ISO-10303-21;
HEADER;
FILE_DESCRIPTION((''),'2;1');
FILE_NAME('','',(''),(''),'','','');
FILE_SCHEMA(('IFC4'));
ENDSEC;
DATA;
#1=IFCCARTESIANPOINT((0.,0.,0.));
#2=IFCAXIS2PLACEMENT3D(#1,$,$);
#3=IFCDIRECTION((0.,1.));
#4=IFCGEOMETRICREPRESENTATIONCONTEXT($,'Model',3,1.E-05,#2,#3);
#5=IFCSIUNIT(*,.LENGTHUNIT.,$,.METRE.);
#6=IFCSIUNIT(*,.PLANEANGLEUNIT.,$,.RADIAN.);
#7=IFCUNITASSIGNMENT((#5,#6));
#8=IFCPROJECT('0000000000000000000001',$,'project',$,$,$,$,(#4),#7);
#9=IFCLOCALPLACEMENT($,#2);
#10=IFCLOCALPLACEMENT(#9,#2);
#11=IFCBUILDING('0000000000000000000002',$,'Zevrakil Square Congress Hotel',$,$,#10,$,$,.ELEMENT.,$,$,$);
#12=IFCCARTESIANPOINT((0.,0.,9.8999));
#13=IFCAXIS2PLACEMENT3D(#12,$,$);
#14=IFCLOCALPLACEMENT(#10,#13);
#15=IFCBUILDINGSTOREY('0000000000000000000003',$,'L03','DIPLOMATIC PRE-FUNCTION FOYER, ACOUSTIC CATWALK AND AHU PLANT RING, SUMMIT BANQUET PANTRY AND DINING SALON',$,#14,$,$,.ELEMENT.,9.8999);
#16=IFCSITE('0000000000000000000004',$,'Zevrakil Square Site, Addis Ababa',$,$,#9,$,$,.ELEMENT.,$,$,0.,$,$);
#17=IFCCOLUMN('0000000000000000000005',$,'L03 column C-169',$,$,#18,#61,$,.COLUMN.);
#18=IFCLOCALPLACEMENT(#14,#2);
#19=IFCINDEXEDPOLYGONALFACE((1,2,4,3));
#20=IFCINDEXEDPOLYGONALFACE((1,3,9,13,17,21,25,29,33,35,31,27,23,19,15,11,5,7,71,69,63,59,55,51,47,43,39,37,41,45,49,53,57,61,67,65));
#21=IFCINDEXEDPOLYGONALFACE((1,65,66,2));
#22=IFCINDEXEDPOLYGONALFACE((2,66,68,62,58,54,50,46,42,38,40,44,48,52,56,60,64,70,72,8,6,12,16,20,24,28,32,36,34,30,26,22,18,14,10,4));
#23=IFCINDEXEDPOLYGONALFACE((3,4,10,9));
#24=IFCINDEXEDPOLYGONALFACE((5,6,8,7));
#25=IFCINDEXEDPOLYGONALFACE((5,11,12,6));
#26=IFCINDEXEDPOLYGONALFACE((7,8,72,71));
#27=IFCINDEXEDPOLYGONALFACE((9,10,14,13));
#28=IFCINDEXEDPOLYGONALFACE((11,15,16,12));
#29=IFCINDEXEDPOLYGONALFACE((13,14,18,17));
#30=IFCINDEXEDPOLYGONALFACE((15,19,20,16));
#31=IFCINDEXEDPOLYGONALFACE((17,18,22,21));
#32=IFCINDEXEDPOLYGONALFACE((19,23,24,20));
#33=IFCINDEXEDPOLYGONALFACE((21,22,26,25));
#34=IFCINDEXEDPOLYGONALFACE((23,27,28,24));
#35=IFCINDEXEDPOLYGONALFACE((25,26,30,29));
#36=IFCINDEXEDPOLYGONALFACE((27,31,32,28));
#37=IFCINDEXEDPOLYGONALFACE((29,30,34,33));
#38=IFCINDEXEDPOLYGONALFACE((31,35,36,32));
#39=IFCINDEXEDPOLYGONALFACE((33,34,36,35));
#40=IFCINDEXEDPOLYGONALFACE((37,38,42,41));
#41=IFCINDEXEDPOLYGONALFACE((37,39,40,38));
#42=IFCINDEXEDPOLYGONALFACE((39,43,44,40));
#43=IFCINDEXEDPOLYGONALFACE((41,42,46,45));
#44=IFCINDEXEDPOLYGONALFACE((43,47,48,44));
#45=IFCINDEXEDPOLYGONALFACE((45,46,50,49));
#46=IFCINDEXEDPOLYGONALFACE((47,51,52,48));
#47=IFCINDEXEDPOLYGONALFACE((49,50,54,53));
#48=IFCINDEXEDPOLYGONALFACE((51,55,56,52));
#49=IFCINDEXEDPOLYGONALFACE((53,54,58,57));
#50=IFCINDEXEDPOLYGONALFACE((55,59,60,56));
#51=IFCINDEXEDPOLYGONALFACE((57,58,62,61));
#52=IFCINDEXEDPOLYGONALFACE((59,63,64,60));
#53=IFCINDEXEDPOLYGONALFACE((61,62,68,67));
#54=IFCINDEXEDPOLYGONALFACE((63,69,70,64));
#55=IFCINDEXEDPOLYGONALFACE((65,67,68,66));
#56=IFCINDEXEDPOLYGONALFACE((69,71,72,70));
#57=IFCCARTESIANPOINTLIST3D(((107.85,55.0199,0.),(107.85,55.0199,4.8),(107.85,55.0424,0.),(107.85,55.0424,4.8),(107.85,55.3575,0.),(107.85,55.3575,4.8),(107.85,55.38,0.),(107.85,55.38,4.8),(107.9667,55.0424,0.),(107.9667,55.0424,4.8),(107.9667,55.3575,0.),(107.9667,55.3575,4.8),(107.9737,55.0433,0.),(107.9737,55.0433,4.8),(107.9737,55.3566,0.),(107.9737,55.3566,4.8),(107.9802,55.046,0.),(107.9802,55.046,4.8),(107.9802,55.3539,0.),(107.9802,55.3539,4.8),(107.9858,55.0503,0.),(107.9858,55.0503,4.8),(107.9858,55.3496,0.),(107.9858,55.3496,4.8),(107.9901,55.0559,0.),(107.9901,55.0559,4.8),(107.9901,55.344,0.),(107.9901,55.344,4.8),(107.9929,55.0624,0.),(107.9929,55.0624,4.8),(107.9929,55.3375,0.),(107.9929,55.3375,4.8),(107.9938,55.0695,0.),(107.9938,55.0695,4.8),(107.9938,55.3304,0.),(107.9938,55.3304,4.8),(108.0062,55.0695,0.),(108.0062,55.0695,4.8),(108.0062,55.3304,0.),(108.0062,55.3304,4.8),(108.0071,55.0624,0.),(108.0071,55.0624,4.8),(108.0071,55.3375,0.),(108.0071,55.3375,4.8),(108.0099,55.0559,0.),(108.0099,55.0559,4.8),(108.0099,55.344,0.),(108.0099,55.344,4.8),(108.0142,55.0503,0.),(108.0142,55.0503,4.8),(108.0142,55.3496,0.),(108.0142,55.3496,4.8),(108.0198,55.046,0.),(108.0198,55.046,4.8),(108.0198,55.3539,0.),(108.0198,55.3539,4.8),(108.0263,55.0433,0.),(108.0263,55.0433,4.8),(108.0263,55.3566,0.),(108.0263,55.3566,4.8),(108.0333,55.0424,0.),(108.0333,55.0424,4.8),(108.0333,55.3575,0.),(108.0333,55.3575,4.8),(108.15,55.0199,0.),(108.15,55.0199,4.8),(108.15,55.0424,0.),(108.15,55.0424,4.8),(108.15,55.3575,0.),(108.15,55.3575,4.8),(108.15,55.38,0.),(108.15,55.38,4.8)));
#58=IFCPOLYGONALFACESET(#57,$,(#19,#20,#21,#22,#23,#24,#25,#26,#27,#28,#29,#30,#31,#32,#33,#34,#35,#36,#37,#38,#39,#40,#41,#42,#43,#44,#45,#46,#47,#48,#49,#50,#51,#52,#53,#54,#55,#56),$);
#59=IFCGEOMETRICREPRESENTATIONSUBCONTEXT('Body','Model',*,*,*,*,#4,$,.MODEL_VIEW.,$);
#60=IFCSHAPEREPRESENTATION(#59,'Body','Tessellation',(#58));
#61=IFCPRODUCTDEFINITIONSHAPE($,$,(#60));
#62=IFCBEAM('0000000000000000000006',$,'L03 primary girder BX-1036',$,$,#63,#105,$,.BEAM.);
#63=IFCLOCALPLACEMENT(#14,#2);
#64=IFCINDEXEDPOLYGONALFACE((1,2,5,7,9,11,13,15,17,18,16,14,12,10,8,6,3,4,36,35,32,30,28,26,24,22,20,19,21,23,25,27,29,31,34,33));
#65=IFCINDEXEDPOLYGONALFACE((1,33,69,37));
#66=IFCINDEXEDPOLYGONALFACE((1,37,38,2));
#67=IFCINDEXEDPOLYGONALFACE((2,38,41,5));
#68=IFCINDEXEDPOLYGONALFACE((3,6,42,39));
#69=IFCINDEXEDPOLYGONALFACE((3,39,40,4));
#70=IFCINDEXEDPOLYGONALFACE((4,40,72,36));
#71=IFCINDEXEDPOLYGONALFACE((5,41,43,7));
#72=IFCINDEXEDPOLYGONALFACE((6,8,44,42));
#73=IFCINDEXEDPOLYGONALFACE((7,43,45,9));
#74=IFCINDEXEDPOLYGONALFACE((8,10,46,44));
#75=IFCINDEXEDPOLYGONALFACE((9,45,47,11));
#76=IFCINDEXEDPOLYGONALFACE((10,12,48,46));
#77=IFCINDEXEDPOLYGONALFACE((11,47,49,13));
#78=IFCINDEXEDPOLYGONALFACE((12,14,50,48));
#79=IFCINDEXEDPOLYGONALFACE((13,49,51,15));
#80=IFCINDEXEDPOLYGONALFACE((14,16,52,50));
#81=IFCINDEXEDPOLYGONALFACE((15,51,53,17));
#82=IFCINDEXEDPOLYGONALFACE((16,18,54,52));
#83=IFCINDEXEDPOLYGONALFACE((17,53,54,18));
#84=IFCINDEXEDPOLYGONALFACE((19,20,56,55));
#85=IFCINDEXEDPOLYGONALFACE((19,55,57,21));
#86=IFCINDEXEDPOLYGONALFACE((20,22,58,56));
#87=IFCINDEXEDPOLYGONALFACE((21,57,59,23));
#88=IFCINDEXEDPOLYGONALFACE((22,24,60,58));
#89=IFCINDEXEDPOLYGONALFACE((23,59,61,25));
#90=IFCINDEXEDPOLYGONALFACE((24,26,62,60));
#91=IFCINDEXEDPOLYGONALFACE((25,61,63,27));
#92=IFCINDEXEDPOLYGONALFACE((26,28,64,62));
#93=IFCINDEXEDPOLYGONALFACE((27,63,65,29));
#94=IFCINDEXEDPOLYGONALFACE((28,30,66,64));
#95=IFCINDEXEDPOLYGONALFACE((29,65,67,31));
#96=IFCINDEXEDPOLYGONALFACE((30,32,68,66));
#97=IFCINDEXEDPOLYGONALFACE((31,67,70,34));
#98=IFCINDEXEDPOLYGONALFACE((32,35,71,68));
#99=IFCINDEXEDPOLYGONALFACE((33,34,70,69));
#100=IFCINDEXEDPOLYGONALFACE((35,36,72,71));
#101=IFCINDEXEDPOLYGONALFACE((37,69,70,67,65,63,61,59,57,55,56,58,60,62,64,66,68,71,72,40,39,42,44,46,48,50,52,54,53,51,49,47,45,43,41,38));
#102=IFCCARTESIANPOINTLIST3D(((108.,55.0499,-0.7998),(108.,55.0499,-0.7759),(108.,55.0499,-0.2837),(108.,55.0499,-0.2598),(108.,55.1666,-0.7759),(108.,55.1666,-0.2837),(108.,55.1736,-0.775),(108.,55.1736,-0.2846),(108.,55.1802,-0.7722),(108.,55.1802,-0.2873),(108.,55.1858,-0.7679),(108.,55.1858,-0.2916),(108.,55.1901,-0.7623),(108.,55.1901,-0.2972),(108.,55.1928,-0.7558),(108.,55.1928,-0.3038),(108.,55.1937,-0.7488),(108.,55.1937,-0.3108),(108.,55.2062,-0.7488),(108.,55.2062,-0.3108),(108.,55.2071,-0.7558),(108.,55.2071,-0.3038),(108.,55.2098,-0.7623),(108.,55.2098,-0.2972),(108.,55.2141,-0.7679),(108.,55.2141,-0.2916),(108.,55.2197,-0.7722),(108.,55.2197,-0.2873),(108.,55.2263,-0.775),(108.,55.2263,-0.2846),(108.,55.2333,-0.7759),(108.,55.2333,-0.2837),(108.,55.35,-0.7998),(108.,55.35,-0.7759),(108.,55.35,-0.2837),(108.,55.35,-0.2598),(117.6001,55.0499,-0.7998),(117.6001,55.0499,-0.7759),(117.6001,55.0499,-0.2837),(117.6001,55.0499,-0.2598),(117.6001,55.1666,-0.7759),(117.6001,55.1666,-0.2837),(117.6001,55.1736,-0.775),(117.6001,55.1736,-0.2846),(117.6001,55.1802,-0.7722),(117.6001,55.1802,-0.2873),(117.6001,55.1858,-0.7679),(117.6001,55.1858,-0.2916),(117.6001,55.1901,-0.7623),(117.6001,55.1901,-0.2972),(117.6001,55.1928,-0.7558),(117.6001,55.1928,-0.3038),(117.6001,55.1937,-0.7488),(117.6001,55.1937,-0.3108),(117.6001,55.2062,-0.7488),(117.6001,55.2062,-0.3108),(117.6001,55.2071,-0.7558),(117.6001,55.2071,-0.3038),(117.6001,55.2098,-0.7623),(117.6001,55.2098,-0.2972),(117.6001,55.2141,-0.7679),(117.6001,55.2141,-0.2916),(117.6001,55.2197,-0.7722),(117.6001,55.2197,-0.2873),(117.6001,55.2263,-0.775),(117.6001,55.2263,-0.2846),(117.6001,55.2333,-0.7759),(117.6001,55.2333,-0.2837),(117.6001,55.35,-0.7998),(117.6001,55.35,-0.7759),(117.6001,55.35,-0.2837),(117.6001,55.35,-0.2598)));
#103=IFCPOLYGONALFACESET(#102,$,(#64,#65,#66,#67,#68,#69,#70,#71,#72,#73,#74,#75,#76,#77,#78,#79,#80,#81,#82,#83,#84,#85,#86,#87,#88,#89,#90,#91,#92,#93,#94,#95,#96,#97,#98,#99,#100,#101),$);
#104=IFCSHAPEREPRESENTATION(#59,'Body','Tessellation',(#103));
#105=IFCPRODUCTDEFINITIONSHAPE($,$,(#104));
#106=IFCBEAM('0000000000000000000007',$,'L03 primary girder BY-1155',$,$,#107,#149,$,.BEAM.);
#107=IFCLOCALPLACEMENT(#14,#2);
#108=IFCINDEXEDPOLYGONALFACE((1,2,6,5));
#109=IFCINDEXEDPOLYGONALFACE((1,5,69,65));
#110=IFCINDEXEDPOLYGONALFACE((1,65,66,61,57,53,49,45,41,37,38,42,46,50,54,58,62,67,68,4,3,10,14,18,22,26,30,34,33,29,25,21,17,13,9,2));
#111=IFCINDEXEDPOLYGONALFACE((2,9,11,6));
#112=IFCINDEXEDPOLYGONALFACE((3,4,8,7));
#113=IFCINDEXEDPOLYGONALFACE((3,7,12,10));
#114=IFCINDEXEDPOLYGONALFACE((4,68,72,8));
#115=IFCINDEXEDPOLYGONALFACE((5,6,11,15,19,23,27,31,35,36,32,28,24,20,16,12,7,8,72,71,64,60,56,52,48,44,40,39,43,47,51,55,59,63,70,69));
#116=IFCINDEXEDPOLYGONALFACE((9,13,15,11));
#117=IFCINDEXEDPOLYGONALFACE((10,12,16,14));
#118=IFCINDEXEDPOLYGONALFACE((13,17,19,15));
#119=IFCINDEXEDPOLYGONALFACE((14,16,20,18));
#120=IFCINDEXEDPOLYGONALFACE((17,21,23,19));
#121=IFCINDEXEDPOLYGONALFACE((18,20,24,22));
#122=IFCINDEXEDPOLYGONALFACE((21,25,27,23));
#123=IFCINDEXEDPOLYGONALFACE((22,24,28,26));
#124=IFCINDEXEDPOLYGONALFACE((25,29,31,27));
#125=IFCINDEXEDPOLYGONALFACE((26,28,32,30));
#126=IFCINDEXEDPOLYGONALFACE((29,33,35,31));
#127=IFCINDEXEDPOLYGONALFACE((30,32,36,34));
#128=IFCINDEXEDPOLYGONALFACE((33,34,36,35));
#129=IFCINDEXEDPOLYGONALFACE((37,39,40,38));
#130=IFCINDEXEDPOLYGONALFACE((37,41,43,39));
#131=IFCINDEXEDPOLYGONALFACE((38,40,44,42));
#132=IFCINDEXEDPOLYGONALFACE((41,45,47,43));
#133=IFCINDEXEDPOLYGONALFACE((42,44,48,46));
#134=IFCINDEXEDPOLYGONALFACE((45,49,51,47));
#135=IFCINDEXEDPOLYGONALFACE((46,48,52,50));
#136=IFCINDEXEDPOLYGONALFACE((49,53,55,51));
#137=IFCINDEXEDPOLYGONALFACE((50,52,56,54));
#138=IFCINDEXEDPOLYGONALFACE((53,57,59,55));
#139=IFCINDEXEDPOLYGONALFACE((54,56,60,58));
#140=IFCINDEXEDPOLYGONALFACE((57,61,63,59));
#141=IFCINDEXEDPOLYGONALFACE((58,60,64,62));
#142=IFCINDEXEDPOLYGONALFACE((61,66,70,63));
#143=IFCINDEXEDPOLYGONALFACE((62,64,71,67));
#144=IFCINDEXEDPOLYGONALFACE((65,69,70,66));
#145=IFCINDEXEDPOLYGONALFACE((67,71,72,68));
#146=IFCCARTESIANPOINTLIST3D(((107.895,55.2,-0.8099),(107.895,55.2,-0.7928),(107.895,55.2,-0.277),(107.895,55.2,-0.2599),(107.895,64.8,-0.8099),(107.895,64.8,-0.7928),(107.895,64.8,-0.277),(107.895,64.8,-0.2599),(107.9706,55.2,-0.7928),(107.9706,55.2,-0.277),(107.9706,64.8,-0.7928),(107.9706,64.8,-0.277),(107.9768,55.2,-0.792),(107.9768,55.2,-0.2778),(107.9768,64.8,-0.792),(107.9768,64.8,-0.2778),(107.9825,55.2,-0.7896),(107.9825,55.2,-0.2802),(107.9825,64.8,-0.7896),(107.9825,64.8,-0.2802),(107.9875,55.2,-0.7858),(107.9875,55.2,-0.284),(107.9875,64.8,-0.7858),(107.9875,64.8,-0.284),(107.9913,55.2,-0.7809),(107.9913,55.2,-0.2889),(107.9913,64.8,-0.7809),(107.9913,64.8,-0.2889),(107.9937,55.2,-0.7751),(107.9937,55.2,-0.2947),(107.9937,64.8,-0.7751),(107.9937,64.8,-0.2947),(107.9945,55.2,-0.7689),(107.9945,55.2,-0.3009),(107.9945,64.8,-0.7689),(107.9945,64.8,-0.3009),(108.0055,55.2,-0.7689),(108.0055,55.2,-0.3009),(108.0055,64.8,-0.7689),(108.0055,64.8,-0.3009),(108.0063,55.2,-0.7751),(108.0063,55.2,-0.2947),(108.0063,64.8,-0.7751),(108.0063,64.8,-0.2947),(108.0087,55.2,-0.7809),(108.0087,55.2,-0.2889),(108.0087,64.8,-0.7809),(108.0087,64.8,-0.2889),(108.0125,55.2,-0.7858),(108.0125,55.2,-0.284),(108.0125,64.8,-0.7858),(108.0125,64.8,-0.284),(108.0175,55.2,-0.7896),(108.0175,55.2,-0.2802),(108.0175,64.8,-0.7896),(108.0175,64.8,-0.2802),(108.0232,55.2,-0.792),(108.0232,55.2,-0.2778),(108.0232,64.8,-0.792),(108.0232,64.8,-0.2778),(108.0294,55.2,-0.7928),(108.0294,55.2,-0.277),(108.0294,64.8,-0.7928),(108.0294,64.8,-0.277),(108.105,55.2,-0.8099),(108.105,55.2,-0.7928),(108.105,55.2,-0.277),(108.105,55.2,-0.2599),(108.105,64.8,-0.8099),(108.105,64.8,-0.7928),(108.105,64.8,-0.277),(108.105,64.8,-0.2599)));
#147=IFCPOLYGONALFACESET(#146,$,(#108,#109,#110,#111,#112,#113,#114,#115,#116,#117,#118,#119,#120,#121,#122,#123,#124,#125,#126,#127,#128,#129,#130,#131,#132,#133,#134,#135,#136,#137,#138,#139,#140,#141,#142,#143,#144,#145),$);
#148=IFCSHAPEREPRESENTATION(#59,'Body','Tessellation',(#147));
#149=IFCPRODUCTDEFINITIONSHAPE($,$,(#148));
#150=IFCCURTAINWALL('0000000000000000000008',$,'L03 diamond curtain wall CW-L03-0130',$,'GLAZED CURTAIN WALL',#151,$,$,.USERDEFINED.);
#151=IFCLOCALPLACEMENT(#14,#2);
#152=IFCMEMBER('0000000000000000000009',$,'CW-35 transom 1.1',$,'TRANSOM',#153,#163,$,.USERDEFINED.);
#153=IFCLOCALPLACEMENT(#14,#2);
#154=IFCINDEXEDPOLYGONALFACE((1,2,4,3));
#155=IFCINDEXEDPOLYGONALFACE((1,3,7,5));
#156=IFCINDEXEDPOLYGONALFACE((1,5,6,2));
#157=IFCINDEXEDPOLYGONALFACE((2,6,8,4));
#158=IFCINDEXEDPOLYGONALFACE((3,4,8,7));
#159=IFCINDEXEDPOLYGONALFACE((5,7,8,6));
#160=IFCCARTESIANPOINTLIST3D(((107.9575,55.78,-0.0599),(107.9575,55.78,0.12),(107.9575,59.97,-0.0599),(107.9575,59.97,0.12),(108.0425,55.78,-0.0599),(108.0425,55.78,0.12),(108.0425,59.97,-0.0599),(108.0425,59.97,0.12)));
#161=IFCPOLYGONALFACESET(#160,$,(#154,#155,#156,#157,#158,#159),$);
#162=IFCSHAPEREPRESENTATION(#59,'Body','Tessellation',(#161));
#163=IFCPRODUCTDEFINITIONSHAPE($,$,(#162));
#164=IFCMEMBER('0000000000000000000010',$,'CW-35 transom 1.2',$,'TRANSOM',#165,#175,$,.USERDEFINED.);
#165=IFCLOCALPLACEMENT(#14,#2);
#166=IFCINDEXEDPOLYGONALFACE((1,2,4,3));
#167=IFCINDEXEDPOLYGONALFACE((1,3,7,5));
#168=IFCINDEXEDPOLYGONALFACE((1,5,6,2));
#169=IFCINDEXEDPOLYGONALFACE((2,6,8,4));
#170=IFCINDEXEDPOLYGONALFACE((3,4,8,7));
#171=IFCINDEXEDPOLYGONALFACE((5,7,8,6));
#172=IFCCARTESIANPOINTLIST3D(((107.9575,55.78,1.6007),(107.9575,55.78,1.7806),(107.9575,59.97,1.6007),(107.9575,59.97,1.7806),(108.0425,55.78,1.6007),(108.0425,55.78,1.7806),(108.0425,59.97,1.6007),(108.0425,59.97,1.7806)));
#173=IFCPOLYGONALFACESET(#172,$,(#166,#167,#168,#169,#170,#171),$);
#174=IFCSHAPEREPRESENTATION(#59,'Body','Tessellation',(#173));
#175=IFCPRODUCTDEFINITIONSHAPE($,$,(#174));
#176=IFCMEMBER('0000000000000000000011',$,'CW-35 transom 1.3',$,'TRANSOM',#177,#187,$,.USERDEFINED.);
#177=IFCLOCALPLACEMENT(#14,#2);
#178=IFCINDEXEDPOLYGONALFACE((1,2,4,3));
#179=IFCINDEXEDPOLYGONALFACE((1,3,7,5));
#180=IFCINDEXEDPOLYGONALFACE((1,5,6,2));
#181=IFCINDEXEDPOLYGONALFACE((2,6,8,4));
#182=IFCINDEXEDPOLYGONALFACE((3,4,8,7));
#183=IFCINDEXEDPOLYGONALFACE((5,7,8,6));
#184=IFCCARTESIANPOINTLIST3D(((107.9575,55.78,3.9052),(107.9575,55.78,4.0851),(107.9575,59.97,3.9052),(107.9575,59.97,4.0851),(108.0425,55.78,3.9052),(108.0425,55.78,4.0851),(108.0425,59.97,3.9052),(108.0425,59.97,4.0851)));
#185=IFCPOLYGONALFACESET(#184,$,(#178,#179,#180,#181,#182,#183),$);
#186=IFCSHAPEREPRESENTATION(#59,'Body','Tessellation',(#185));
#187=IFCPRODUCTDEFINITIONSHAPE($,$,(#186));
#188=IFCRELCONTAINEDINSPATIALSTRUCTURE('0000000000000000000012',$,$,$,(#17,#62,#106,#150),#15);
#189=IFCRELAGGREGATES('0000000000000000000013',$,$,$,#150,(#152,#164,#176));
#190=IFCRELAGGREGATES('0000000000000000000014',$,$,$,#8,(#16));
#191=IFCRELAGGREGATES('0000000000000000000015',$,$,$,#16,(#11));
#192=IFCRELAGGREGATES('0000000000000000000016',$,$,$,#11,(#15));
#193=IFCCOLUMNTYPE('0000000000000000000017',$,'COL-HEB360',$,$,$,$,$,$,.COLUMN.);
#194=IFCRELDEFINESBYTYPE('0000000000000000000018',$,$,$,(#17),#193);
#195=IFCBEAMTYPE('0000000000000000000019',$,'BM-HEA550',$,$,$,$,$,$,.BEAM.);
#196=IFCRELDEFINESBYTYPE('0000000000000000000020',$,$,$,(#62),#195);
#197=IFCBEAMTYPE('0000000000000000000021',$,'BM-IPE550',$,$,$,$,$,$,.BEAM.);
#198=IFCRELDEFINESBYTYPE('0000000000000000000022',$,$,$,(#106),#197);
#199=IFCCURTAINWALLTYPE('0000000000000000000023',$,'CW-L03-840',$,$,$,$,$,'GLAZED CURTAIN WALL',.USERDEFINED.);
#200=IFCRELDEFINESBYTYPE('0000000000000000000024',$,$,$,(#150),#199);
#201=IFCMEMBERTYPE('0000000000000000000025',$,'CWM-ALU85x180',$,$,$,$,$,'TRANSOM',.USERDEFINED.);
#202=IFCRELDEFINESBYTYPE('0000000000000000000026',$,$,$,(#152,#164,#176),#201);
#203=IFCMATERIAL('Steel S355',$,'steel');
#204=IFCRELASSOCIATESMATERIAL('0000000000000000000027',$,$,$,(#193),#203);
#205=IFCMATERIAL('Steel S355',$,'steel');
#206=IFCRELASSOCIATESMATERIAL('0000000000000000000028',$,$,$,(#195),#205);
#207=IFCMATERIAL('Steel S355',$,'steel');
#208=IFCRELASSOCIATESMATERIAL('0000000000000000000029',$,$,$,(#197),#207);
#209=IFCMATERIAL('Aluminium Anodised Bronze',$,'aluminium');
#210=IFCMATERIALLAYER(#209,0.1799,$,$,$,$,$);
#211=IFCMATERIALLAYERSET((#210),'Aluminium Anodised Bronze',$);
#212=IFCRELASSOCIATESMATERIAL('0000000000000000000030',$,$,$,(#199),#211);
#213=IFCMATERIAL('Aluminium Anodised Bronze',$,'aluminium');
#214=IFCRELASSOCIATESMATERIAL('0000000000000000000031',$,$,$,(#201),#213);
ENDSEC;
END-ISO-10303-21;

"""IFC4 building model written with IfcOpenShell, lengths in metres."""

from ifc_helpers import new_model, si_unit, direction, frame, origin, origin_2d, place, context, subcontext, project, spatial, rectangle, i_section, extrude, material, layer, layer_set, material_profile, profile_set, type_object, element, aggregate, save


model = new_model("IFC4")

# Units and contexts
model_context = context("Model", 3, precision=1e-05, world=origin(), true_north=direction((0.0, 1.0)))
body_context = subcontext(model_context, "Body", "Model", "MODEL_VIEW")
ifc_project = project(units=[si_unit("LENGTHUNIT", "METRE"), si_unit("PLANEANGLEUNIT", "RADIAN")], contexts=[model_context])

# Site, building, storey
site_placement = place(None, origin())
site = spatial("IfcSite", under=ifc_project, at=site_placement, Name="Zevrakil Square Site, Addis Ababa", CompositionType="ELEMENT", RefElevation=0.0)
building_placement = place(site_placement, origin())
building = spatial("IfcBuilding", under=site, at=building_placement, Name="Zevrakil Square Congress Hotel", CompositionType="ELEMENT")
storey_placement = place(building_placement, frame((0.0, 0.0, 9.8999)))
storey = spatial("IfcBuildingStorey", under=building, at=storey_placement, Name="L03", Description="DIPLOMATIC PRE-FUNCTION FOYER, ACOUSTIC CATWALK AND AHU PLANT RING, SUMMIT BANQUET PANTRY AND DINING SALON", CompositionType="ELEMENT", Elevation=9.8999)

# Column
ifc_material_1 = material(Name="Steel S355", Category="steel")
ifc_material_profile_1 = material_profile(ifc_material_1, i_section(OverallWidth=0.3, OverallDepth=0.3601, WebThickness=0.0125, FlangeThickness=0.0225, FilletRadius=0.0271, at=origin_2d()), Name="HEB 360")
ifc_profile_set_1 = profile_set([ifc_material_profile_1], Name="Steel S355")
column_type = type_object("IfcColumnType", Name="COL-HEB360", PredefinedType="COLUMN", material=ifc_profile_set_1)
column_placement = place(storey_placement, frame((108.0, 55.2, 0.0), z_axis=(0.0, 0.0, 1.0), x_axis=(1.0, 0.0, 0.0)))
element("IfcColumn", 1, at=column_placement, inside=storey, type_object=column_type, Name="L03 column C-169", PredefinedType="COLUMN", context=body_context, shape_type="SweptSolid", body=[
    extrude(i_section(OverallWidth=0.3, OverallDepth=0.3601, WebThickness=0.0125, FlangeThickness=0.0225, FilletRadius=0.0271, at=origin_2d()), origin(), (0.0, 0.0, 1.0), 4.8),
])

# Beams
ifc_material_2 = material(Name="Steel S355", Category="steel")
ifc_material_profile_2 = material_profile(ifc_material_2, i_section(OverallWidth=0.3, OverallDepth=0.54, WebThickness=0.0125, FlangeThickness=0.0239, FilletRadius=0.0271, at=origin_2d()), Name="HEA 550")
ifc_profile_set_2 = profile_set([ifc_material_profile_2], Name="Steel S355")
beam_type_1 = type_object("IfcBeamType", Name="BM-HEA550", PredefinedType="BEAM", material=ifc_profile_set_2)
beam_1_placement = place(storey_placement, frame((108.0, 55.2, -0.5298), z_axis=(1.0, 0.0, 0.0), x_axis=(0.0, 1.0, 0.0)))
element("IfcBeam", 2, at=beam_1_placement, inside=storey, type_object=beam_type_1, Name="L03 primary girder BX-1036", PredefinedType="BEAM", context=body_context, shape_type="SweptSolid", body=[
    extrude(i_section(OverallWidth=0.3, OverallDepth=0.54, WebThickness=0.0125, FlangeThickness=0.0239, FilletRadius=0.0271, at=origin_2d()), origin(), (0.0, 0.0, 1.0), 9.6001),
])
ifc_material_3 = material(Name="Steel S355", Category="steel")
ifc_material_profile_3 = material_profile(ifc_material_3, i_section(OverallWidth=0.21, OverallDepth=0.55, WebThickness=0.011, FlangeThickness=0.0171, FilletRadius=0.0239, at=origin_2d()), Name="IPE 550")
ifc_profile_set_3 = profile_set([ifc_material_profile_3], Name="Steel S355")
beam_type_2 = type_object("IfcBeamType", Name="BM-IPE550", PredefinedType="BEAM", material=ifc_profile_set_3)
beam_2_placement = place(storey_placement, frame((108.0, 55.2, -0.5349), z_axis=(0.0, 1.0, 0.0), x_axis=(-1.0, 0.0, 0.0)))
element("IfcBeam", 3, at=beam_2_placement, inside=storey, type_object=beam_type_2, Name="L03 primary girder BY-1155", PredefinedType="BEAM", context=body_context, shape_type="SweptSolid", body=[
    extrude(i_section(OverallWidth=0.21, OverallDepth=0.55, WebThickness=0.011, FlangeThickness=0.0171, FilletRadius=0.0239, at=origin_2d()), origin(), (0.0, 0.0, 1.0), 9.6001),
])

# Curtain wall, members
ifc_material_4 = material(Name="Aluminium Anodised Bronze", Category="aluminium")
ifc_layer_1 = layer(ifc_material_4, 0.1799)
ifc_layer_set_1 = layer_set([ifc_layer_1], Name="Aluminium Anodised Bronze")
curtain_wall_type = type_object("IfcCurtainWallType", Name="CW-L03-840", ElementType="GLAZED CURTAIN WALL", PredefinedType="USERDEFINED", material=ifc_layer_set_1)
curtain_wall_1_placement = place(storey_placement, origin())
curtain_wall_1 = element("IfcCurtainWall", 4, at=curtain_wall_1_placement, inside=storey, type_object=curtain_wall_type, Name="L03 diamond curtain wall CW-L03-0130", ObjectType="GLAZED CURTAIN WALL", PredefinedType="USERDEFINED")
ifc_material_5 = material(Name="Aluminium Anodised Bronze", Category="aluminium")
ifc_material_profile_4 = material_profile(ifc_material_5, rectangle(XDim=0.085, YDim=0.1799, at=origin_2d()), Name="ALU 85x180")
ifc_profile_set_4 = profile_set([ifc_material_profile_4], Name="Aluminium Anodised Bronze")
member_type_1 = type_object("IfcMemberType", Name="CWM-ALU85x180", ElementType="TRANSOM", PredefinedType="USERDEFINED", material=ifc_profile_set_4)
member_1_placement = place(storey_placement, frame((108.0, 55.78, 0.03), z_axis=(0.0, 1.0, 0.0), x_axis=(-1.0, 0.0, 0.0)))
member_1 = element("IfcMember", 5, at=member_1_placement, type_object=member_type_1, Name="CW-35 transom 1.1", ObjectType="TRANSOM", PredefinedType="USERDEFINED", context=body_context, shape_type="SweptSolid", body=[
    extrude(rectangle(XDim=0.085, YDim=0.1799, at=origin_2d()), origin(), (0.0, 0.0, 1.0), 4.1899),
])
member_2_placement = place(storey_placement, frame((108.0, 55.78, 1.6907), z_axis=(0.0, 1.0, 0.0), x_axis=(-1.0, 0.0, 0.0)))
member_2 = element("IfcMember", 6, at=member_2_placement, type_object=member_type_1, Name="CW-35 transom 1.2", ObjectType="TRANSOM", PredefinedType="USERDEFINED", context=body_context, shape_type="SweptSolid", body=[
    extrude(rectangle(XDim=0.085, YDim=0.1799, at=origin_2d()), origin(), (0.0, 0.0, 1.0), 4.1899),
])
member_3_placement = place(storey_placement, frame((108.0, 55.78, 3.9951), z_axis=(0.0, 1.0, 0.0), x_axis=(-1.0, 0.0, 0.0)))
member_3 = element("IfcMember", 7, at=member_3_placement, type_object=member_type_1, Name="CW-35 transom 1.3", ObjectType="TRANSOM", PredefinedType="USERDEFINED", context=body_context, shape_type="SweptSolid", body=[
    extrude(rectangle(XDim=0.085, YDim=0.1799, at=origin_2d()), origin(), (0.0, 0.0, 1.0), 4.1899),
])

aggregate(curtain_wall_1, [member_1, member_2, member_3])

save(model, "model.ifc")
